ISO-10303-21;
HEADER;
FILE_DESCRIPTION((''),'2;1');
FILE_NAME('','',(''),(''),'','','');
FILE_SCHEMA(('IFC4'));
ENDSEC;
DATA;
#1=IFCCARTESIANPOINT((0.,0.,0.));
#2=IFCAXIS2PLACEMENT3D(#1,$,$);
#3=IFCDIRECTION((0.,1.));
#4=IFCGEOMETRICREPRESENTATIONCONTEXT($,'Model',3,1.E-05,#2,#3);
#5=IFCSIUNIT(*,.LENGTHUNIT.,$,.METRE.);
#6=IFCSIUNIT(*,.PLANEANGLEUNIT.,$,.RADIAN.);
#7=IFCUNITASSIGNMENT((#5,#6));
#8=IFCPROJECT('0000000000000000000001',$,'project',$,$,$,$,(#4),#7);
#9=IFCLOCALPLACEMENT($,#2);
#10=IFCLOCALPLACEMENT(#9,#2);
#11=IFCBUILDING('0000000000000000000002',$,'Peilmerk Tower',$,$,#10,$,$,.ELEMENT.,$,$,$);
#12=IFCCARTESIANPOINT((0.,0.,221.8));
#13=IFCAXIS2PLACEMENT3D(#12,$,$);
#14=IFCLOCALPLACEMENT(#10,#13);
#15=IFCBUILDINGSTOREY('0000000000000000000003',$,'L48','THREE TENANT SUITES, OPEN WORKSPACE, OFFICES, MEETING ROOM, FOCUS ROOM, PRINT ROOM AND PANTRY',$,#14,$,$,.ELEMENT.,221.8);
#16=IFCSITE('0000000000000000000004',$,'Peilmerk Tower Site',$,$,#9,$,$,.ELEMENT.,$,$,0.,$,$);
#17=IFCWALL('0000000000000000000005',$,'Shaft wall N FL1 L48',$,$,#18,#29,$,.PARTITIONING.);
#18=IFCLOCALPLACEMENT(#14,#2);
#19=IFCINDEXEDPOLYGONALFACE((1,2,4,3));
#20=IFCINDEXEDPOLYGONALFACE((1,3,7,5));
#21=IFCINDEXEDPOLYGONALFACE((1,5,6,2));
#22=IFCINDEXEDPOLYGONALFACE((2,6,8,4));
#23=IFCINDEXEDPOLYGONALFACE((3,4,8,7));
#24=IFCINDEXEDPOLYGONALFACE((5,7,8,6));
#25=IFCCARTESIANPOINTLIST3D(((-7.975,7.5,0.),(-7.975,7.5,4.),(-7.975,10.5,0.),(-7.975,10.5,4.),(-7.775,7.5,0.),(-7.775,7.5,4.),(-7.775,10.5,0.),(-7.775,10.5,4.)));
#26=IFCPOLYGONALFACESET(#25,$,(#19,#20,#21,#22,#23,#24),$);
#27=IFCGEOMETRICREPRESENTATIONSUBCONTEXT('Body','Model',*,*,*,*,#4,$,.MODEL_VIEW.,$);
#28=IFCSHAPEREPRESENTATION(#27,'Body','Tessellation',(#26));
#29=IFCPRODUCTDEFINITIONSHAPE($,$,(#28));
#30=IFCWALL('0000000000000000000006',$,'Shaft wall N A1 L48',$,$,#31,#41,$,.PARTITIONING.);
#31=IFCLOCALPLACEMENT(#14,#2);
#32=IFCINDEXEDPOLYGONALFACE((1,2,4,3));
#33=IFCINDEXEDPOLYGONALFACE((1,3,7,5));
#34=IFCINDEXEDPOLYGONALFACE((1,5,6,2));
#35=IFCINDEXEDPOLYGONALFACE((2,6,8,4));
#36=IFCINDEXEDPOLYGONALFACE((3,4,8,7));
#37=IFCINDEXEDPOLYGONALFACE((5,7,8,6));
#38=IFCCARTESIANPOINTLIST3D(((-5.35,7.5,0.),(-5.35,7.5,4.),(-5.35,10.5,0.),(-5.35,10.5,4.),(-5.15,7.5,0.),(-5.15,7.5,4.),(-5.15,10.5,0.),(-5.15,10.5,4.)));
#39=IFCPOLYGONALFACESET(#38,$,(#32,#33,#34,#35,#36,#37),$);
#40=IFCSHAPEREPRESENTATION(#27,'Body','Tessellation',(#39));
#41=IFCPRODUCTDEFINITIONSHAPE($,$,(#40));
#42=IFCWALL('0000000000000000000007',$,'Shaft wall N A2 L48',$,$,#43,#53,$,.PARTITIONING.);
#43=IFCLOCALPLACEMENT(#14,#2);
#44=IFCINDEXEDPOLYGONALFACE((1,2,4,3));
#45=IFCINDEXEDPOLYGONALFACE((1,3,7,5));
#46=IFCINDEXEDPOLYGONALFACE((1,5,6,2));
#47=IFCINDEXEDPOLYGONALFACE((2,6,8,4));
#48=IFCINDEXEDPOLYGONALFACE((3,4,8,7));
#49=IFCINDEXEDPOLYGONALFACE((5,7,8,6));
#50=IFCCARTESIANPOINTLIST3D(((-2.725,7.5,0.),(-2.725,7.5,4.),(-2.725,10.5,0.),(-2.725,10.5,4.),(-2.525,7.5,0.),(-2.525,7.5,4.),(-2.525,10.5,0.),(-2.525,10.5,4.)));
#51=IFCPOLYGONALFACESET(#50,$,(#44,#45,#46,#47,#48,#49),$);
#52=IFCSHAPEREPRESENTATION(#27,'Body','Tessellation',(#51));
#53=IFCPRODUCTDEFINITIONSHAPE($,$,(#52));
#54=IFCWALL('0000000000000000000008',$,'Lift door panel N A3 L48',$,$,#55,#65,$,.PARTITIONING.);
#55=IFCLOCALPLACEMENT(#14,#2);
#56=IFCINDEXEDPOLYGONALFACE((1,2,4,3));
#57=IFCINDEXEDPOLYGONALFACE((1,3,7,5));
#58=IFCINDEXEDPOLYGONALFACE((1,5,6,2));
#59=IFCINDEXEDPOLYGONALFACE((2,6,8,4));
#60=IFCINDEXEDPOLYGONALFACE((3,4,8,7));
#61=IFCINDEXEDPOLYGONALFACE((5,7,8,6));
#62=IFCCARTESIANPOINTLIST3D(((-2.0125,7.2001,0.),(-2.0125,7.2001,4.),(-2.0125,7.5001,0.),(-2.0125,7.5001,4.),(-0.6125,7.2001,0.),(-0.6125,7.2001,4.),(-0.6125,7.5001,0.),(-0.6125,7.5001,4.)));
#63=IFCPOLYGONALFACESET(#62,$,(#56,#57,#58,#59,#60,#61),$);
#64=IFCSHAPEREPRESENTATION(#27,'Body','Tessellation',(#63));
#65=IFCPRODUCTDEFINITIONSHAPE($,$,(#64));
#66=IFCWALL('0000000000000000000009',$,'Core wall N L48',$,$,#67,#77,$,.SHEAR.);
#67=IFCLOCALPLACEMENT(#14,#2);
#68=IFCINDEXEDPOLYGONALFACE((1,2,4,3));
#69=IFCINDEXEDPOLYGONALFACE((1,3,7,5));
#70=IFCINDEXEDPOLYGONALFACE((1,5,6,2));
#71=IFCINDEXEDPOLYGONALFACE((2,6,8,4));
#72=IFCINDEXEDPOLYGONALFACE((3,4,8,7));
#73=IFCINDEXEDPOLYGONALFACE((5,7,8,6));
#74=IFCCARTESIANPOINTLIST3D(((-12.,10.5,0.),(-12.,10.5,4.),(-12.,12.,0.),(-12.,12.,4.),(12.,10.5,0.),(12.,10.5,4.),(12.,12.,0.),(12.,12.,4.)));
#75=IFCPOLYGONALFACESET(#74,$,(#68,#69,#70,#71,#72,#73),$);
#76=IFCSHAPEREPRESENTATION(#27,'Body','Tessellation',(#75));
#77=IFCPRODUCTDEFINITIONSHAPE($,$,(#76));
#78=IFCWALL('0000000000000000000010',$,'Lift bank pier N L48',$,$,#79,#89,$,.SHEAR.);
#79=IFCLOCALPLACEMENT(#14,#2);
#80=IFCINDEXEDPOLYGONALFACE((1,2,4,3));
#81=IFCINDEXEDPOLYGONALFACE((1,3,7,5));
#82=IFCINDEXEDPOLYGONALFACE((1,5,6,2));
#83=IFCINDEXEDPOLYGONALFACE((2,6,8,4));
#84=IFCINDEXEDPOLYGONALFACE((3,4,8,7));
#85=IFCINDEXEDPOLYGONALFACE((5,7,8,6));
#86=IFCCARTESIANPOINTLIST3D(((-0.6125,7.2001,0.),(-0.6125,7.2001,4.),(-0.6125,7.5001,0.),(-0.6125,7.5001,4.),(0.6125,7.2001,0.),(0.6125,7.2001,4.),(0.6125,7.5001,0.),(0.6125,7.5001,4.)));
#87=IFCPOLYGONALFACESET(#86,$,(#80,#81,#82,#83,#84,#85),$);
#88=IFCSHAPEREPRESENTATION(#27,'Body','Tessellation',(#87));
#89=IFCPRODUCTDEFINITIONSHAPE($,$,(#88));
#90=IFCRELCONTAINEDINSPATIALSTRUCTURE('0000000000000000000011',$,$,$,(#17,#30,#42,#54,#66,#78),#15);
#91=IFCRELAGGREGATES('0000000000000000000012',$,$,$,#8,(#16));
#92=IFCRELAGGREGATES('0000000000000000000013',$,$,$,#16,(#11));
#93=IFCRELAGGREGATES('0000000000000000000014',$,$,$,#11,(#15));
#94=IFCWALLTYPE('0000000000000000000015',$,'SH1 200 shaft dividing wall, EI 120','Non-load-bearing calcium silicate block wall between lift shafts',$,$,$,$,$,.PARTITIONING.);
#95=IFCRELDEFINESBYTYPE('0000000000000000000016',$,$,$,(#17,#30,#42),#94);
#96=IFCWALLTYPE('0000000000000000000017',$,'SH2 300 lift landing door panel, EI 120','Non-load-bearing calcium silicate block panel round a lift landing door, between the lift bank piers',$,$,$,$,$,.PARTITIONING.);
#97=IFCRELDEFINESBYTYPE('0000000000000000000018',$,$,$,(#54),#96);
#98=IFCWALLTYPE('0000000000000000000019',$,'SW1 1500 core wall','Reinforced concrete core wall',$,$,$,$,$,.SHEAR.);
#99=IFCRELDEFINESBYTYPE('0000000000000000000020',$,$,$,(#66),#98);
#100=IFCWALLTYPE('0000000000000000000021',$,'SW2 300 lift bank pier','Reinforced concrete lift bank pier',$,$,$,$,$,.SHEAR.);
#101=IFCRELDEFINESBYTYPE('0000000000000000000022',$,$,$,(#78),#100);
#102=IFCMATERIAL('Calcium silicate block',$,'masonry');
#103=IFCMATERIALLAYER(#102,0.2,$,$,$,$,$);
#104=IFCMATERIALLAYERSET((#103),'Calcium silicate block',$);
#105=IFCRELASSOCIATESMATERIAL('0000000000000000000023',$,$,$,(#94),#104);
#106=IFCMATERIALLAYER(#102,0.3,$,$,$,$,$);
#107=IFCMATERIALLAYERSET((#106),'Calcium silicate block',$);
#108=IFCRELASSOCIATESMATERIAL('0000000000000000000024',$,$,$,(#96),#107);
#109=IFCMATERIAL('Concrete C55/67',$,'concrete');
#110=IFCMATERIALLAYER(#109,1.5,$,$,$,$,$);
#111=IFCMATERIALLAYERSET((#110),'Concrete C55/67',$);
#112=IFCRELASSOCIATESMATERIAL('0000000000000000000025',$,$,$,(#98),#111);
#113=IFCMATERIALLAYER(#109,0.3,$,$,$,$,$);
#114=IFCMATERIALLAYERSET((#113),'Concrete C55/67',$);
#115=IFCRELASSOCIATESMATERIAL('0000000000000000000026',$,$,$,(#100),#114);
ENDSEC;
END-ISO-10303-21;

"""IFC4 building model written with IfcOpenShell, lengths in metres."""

from ifc_helpers import new_model, si_unit, direction, frame, frame_2d, origin, place, context, subcontext, project, spatial, rectangle, extrude, material, layer, layer_set, type_object, element, save


model = new_model("IFC4")

# Units and contexts
model_context = context("Model", 3, precision=1e-05, world=origin(), true_north=direction((0.0, 1.0)))
body_context = subcontext(model_context, "Body", "Model", "MODEL_VIEW")
ifc_project = project(units=[si_unit("LENGTHUNIT", "METRE"), si_unit("PLANEANGLEUNIT", "RADIAN")], contexts=[model_context])

# Site, building, storey
site_placement = place(None, origin())
site = spatial("IfcSite", under=ifc_project, at=site_placement, Name="Peilmerk Tower Site", CompositionType="ELEMENT", RefElevation=0.0)
building_placement = place(site_placement, origin())
building = spatial("IfcBuilding", under=site, at=building_placement, Name="Peilmerk Tower", CompositionType="ELEMENT")
storey_placement = place(building_placement, frame((0.0, 0.0, 221.8)))
storey = spatial("IfcBuildingStorey", under=building, at=storey_placement, Name="L48", Description="THREE TENANT SUITES, OPEN WORKSPACE, OFFICES, MEETING ROOM, FOCUS ROOM, PRINT ROOM AND PANTRY", CompositionType="ELEMENT", Elevation=221.8)

# Shared definitions
ifc_material_1 = material(Name="Calcium silicate block", Category="masonry")

# Walls
ifc_layer_1 = layer(ifc_material_1, 0.2)
ifc_layer_set_1 = layer_set([ifc_layer_1], Name="Calcium silicate block")
wall_type_1 = type_object("IfcWallType", Name="SH1 200 shaft dividing wall, EI 120", Description="Non-load-bearing calcium silicate block wall between lift shafts", PredefinedType="PARTITIONING", material=ifc_layer_set_1)
for number, where, z_axis, x_axis, name in (
    (1, (-7.875, 7.5, 0.0), (0.0, 0.0, 1.0), (0.0, 1.0, 0.0), "Shaft wall N FL1 L48"),
    (2, (-5.25, 7.5, 0.0), (0.0, 0.0, 1.0), (0.0, 1.0, 0.0), "Shaft wall N A1 L48"),
    (3, (-2.625, 7.5, 0.0), (0.0, 0.0, 1.0), (0.0, 1.0, 0.0), "Shaft wall N A2 L48"),
):
    element("IfcWall", number, at=place(storey_placement, frame(where, z_axis=z_axis, x_axis=x_axis)), inside=storey, type_object=wall_type_1, Name=name, PredefinedType="PARTITIONING", context=body_context, shape_type="SweptSolid", body=[
        extrude(rectangle(XDim=3.0, YDim=0.2, at=frame_2d((1.5, 0.0))), origin(), (0.0, 0.0, 1.0), 4.0),
    ])
ifc_layer_2 = layer(ifc_material_1, 0.3)
ifc_layer_set_2 = layer_set([ifc_layer_2], Name="Calcium silicate block")
wall_type_2 = type_object("IfcWallType", Name="SH2 300 lift landing door panel, EI 120", Description="Non-load-bearing calcium silicate block panel round a lift landing door, between the lift bank piers", PredefinedType="PARTITIONING", material=ifc_layer_set_2)
wall_1_placement = place(storey_placement, frame((-2.0125, 7.3501, 0.0), z_axis=(0.0, 0.0, 1.0), x_axis=(1.0, 0.0, 0.0)))
element("IfcWall", 4, at=wall_1_placement, inside=storey, type_object=wall_type_2, Name="Lift door panel N A3 L48", PredefinedType="PARTITIONING", context=body_context, shape_type="SweptSolid", body=[
    extrude(rectangle(XDim=1.3999, YDim=0.3, at=frame_2d((0.7, 0.0))), origin(), (0.0, 0.0, 1.0), 4.0),
])
ifc_material_2 = material(Name="Concrete C55/67", Category="concrete")
ifc_layer_3 = layer(ifc_material_2, 1.5)
ifc_layer_set_3 = layer_set([ifc_layer_3], Name="Concrete C55/67")
wall_type_3 = type_object("IfcWallType", Name="SW1 1500 core wall", Description="Reinforced concrete core wall", PredefinedType="SHEAR", material=ifc_layer_set_3)
wall_2_placement = place(storey_placement, frame((-12.0, 11.25, 0.0), z_axis=(0.0, 0.0, 1.0), x_axis=(1.0, 0.0, 0.0)))
element("IfcWall", 5, at=wall_2_placement, inside=storey, type_object=wall_type_3, Name="Core wall N L48", PredefinedType="SHEAR", context=body_context, shape_type="SweptSolid", body=[
    extrude(rectangle(XDim=24.0, YDim=1.5, at=frame_2d((12.0, 0.0))), origin(), (0.0, 0.0, 1.0), 4.0),
])
ifc_layer_4 = layer(ifc_material_2, 0.3)
ifc_layer_set_4 = layer_set([ifc_layer_4], Name="Concrete C55/67")
wall_type_4 = type_object("IfcWallType", Name="SW2 300 lift bank pier", Description="Reinforced concrete lift bank pier", PredefinedType="SHEAR", material=ifc_layer_set_4)
wall_3_placement = place(storey_placement, frame((-0.6125, 7.3501, 0.0), z_axis=(0.0, 0.0, 1.0), x_axis=(1.0, 0.0, 0.0)))
element("IfcWall", 6, at=wall_3_placement, inside=storey, type_object=wall_type_4, Name="Lift bank pier N L48", PredefinedType="SHEAR", context=body_context, shape_type="SweptSolid", body=[
    extrude(rectangle(XDim=1.2251, YDim=0.3, at=frame_2d((0.6125, 0.0))), origin(), (0.0, 0.0, 1.0), 4.0),
])

save(model, "model.ifc")
